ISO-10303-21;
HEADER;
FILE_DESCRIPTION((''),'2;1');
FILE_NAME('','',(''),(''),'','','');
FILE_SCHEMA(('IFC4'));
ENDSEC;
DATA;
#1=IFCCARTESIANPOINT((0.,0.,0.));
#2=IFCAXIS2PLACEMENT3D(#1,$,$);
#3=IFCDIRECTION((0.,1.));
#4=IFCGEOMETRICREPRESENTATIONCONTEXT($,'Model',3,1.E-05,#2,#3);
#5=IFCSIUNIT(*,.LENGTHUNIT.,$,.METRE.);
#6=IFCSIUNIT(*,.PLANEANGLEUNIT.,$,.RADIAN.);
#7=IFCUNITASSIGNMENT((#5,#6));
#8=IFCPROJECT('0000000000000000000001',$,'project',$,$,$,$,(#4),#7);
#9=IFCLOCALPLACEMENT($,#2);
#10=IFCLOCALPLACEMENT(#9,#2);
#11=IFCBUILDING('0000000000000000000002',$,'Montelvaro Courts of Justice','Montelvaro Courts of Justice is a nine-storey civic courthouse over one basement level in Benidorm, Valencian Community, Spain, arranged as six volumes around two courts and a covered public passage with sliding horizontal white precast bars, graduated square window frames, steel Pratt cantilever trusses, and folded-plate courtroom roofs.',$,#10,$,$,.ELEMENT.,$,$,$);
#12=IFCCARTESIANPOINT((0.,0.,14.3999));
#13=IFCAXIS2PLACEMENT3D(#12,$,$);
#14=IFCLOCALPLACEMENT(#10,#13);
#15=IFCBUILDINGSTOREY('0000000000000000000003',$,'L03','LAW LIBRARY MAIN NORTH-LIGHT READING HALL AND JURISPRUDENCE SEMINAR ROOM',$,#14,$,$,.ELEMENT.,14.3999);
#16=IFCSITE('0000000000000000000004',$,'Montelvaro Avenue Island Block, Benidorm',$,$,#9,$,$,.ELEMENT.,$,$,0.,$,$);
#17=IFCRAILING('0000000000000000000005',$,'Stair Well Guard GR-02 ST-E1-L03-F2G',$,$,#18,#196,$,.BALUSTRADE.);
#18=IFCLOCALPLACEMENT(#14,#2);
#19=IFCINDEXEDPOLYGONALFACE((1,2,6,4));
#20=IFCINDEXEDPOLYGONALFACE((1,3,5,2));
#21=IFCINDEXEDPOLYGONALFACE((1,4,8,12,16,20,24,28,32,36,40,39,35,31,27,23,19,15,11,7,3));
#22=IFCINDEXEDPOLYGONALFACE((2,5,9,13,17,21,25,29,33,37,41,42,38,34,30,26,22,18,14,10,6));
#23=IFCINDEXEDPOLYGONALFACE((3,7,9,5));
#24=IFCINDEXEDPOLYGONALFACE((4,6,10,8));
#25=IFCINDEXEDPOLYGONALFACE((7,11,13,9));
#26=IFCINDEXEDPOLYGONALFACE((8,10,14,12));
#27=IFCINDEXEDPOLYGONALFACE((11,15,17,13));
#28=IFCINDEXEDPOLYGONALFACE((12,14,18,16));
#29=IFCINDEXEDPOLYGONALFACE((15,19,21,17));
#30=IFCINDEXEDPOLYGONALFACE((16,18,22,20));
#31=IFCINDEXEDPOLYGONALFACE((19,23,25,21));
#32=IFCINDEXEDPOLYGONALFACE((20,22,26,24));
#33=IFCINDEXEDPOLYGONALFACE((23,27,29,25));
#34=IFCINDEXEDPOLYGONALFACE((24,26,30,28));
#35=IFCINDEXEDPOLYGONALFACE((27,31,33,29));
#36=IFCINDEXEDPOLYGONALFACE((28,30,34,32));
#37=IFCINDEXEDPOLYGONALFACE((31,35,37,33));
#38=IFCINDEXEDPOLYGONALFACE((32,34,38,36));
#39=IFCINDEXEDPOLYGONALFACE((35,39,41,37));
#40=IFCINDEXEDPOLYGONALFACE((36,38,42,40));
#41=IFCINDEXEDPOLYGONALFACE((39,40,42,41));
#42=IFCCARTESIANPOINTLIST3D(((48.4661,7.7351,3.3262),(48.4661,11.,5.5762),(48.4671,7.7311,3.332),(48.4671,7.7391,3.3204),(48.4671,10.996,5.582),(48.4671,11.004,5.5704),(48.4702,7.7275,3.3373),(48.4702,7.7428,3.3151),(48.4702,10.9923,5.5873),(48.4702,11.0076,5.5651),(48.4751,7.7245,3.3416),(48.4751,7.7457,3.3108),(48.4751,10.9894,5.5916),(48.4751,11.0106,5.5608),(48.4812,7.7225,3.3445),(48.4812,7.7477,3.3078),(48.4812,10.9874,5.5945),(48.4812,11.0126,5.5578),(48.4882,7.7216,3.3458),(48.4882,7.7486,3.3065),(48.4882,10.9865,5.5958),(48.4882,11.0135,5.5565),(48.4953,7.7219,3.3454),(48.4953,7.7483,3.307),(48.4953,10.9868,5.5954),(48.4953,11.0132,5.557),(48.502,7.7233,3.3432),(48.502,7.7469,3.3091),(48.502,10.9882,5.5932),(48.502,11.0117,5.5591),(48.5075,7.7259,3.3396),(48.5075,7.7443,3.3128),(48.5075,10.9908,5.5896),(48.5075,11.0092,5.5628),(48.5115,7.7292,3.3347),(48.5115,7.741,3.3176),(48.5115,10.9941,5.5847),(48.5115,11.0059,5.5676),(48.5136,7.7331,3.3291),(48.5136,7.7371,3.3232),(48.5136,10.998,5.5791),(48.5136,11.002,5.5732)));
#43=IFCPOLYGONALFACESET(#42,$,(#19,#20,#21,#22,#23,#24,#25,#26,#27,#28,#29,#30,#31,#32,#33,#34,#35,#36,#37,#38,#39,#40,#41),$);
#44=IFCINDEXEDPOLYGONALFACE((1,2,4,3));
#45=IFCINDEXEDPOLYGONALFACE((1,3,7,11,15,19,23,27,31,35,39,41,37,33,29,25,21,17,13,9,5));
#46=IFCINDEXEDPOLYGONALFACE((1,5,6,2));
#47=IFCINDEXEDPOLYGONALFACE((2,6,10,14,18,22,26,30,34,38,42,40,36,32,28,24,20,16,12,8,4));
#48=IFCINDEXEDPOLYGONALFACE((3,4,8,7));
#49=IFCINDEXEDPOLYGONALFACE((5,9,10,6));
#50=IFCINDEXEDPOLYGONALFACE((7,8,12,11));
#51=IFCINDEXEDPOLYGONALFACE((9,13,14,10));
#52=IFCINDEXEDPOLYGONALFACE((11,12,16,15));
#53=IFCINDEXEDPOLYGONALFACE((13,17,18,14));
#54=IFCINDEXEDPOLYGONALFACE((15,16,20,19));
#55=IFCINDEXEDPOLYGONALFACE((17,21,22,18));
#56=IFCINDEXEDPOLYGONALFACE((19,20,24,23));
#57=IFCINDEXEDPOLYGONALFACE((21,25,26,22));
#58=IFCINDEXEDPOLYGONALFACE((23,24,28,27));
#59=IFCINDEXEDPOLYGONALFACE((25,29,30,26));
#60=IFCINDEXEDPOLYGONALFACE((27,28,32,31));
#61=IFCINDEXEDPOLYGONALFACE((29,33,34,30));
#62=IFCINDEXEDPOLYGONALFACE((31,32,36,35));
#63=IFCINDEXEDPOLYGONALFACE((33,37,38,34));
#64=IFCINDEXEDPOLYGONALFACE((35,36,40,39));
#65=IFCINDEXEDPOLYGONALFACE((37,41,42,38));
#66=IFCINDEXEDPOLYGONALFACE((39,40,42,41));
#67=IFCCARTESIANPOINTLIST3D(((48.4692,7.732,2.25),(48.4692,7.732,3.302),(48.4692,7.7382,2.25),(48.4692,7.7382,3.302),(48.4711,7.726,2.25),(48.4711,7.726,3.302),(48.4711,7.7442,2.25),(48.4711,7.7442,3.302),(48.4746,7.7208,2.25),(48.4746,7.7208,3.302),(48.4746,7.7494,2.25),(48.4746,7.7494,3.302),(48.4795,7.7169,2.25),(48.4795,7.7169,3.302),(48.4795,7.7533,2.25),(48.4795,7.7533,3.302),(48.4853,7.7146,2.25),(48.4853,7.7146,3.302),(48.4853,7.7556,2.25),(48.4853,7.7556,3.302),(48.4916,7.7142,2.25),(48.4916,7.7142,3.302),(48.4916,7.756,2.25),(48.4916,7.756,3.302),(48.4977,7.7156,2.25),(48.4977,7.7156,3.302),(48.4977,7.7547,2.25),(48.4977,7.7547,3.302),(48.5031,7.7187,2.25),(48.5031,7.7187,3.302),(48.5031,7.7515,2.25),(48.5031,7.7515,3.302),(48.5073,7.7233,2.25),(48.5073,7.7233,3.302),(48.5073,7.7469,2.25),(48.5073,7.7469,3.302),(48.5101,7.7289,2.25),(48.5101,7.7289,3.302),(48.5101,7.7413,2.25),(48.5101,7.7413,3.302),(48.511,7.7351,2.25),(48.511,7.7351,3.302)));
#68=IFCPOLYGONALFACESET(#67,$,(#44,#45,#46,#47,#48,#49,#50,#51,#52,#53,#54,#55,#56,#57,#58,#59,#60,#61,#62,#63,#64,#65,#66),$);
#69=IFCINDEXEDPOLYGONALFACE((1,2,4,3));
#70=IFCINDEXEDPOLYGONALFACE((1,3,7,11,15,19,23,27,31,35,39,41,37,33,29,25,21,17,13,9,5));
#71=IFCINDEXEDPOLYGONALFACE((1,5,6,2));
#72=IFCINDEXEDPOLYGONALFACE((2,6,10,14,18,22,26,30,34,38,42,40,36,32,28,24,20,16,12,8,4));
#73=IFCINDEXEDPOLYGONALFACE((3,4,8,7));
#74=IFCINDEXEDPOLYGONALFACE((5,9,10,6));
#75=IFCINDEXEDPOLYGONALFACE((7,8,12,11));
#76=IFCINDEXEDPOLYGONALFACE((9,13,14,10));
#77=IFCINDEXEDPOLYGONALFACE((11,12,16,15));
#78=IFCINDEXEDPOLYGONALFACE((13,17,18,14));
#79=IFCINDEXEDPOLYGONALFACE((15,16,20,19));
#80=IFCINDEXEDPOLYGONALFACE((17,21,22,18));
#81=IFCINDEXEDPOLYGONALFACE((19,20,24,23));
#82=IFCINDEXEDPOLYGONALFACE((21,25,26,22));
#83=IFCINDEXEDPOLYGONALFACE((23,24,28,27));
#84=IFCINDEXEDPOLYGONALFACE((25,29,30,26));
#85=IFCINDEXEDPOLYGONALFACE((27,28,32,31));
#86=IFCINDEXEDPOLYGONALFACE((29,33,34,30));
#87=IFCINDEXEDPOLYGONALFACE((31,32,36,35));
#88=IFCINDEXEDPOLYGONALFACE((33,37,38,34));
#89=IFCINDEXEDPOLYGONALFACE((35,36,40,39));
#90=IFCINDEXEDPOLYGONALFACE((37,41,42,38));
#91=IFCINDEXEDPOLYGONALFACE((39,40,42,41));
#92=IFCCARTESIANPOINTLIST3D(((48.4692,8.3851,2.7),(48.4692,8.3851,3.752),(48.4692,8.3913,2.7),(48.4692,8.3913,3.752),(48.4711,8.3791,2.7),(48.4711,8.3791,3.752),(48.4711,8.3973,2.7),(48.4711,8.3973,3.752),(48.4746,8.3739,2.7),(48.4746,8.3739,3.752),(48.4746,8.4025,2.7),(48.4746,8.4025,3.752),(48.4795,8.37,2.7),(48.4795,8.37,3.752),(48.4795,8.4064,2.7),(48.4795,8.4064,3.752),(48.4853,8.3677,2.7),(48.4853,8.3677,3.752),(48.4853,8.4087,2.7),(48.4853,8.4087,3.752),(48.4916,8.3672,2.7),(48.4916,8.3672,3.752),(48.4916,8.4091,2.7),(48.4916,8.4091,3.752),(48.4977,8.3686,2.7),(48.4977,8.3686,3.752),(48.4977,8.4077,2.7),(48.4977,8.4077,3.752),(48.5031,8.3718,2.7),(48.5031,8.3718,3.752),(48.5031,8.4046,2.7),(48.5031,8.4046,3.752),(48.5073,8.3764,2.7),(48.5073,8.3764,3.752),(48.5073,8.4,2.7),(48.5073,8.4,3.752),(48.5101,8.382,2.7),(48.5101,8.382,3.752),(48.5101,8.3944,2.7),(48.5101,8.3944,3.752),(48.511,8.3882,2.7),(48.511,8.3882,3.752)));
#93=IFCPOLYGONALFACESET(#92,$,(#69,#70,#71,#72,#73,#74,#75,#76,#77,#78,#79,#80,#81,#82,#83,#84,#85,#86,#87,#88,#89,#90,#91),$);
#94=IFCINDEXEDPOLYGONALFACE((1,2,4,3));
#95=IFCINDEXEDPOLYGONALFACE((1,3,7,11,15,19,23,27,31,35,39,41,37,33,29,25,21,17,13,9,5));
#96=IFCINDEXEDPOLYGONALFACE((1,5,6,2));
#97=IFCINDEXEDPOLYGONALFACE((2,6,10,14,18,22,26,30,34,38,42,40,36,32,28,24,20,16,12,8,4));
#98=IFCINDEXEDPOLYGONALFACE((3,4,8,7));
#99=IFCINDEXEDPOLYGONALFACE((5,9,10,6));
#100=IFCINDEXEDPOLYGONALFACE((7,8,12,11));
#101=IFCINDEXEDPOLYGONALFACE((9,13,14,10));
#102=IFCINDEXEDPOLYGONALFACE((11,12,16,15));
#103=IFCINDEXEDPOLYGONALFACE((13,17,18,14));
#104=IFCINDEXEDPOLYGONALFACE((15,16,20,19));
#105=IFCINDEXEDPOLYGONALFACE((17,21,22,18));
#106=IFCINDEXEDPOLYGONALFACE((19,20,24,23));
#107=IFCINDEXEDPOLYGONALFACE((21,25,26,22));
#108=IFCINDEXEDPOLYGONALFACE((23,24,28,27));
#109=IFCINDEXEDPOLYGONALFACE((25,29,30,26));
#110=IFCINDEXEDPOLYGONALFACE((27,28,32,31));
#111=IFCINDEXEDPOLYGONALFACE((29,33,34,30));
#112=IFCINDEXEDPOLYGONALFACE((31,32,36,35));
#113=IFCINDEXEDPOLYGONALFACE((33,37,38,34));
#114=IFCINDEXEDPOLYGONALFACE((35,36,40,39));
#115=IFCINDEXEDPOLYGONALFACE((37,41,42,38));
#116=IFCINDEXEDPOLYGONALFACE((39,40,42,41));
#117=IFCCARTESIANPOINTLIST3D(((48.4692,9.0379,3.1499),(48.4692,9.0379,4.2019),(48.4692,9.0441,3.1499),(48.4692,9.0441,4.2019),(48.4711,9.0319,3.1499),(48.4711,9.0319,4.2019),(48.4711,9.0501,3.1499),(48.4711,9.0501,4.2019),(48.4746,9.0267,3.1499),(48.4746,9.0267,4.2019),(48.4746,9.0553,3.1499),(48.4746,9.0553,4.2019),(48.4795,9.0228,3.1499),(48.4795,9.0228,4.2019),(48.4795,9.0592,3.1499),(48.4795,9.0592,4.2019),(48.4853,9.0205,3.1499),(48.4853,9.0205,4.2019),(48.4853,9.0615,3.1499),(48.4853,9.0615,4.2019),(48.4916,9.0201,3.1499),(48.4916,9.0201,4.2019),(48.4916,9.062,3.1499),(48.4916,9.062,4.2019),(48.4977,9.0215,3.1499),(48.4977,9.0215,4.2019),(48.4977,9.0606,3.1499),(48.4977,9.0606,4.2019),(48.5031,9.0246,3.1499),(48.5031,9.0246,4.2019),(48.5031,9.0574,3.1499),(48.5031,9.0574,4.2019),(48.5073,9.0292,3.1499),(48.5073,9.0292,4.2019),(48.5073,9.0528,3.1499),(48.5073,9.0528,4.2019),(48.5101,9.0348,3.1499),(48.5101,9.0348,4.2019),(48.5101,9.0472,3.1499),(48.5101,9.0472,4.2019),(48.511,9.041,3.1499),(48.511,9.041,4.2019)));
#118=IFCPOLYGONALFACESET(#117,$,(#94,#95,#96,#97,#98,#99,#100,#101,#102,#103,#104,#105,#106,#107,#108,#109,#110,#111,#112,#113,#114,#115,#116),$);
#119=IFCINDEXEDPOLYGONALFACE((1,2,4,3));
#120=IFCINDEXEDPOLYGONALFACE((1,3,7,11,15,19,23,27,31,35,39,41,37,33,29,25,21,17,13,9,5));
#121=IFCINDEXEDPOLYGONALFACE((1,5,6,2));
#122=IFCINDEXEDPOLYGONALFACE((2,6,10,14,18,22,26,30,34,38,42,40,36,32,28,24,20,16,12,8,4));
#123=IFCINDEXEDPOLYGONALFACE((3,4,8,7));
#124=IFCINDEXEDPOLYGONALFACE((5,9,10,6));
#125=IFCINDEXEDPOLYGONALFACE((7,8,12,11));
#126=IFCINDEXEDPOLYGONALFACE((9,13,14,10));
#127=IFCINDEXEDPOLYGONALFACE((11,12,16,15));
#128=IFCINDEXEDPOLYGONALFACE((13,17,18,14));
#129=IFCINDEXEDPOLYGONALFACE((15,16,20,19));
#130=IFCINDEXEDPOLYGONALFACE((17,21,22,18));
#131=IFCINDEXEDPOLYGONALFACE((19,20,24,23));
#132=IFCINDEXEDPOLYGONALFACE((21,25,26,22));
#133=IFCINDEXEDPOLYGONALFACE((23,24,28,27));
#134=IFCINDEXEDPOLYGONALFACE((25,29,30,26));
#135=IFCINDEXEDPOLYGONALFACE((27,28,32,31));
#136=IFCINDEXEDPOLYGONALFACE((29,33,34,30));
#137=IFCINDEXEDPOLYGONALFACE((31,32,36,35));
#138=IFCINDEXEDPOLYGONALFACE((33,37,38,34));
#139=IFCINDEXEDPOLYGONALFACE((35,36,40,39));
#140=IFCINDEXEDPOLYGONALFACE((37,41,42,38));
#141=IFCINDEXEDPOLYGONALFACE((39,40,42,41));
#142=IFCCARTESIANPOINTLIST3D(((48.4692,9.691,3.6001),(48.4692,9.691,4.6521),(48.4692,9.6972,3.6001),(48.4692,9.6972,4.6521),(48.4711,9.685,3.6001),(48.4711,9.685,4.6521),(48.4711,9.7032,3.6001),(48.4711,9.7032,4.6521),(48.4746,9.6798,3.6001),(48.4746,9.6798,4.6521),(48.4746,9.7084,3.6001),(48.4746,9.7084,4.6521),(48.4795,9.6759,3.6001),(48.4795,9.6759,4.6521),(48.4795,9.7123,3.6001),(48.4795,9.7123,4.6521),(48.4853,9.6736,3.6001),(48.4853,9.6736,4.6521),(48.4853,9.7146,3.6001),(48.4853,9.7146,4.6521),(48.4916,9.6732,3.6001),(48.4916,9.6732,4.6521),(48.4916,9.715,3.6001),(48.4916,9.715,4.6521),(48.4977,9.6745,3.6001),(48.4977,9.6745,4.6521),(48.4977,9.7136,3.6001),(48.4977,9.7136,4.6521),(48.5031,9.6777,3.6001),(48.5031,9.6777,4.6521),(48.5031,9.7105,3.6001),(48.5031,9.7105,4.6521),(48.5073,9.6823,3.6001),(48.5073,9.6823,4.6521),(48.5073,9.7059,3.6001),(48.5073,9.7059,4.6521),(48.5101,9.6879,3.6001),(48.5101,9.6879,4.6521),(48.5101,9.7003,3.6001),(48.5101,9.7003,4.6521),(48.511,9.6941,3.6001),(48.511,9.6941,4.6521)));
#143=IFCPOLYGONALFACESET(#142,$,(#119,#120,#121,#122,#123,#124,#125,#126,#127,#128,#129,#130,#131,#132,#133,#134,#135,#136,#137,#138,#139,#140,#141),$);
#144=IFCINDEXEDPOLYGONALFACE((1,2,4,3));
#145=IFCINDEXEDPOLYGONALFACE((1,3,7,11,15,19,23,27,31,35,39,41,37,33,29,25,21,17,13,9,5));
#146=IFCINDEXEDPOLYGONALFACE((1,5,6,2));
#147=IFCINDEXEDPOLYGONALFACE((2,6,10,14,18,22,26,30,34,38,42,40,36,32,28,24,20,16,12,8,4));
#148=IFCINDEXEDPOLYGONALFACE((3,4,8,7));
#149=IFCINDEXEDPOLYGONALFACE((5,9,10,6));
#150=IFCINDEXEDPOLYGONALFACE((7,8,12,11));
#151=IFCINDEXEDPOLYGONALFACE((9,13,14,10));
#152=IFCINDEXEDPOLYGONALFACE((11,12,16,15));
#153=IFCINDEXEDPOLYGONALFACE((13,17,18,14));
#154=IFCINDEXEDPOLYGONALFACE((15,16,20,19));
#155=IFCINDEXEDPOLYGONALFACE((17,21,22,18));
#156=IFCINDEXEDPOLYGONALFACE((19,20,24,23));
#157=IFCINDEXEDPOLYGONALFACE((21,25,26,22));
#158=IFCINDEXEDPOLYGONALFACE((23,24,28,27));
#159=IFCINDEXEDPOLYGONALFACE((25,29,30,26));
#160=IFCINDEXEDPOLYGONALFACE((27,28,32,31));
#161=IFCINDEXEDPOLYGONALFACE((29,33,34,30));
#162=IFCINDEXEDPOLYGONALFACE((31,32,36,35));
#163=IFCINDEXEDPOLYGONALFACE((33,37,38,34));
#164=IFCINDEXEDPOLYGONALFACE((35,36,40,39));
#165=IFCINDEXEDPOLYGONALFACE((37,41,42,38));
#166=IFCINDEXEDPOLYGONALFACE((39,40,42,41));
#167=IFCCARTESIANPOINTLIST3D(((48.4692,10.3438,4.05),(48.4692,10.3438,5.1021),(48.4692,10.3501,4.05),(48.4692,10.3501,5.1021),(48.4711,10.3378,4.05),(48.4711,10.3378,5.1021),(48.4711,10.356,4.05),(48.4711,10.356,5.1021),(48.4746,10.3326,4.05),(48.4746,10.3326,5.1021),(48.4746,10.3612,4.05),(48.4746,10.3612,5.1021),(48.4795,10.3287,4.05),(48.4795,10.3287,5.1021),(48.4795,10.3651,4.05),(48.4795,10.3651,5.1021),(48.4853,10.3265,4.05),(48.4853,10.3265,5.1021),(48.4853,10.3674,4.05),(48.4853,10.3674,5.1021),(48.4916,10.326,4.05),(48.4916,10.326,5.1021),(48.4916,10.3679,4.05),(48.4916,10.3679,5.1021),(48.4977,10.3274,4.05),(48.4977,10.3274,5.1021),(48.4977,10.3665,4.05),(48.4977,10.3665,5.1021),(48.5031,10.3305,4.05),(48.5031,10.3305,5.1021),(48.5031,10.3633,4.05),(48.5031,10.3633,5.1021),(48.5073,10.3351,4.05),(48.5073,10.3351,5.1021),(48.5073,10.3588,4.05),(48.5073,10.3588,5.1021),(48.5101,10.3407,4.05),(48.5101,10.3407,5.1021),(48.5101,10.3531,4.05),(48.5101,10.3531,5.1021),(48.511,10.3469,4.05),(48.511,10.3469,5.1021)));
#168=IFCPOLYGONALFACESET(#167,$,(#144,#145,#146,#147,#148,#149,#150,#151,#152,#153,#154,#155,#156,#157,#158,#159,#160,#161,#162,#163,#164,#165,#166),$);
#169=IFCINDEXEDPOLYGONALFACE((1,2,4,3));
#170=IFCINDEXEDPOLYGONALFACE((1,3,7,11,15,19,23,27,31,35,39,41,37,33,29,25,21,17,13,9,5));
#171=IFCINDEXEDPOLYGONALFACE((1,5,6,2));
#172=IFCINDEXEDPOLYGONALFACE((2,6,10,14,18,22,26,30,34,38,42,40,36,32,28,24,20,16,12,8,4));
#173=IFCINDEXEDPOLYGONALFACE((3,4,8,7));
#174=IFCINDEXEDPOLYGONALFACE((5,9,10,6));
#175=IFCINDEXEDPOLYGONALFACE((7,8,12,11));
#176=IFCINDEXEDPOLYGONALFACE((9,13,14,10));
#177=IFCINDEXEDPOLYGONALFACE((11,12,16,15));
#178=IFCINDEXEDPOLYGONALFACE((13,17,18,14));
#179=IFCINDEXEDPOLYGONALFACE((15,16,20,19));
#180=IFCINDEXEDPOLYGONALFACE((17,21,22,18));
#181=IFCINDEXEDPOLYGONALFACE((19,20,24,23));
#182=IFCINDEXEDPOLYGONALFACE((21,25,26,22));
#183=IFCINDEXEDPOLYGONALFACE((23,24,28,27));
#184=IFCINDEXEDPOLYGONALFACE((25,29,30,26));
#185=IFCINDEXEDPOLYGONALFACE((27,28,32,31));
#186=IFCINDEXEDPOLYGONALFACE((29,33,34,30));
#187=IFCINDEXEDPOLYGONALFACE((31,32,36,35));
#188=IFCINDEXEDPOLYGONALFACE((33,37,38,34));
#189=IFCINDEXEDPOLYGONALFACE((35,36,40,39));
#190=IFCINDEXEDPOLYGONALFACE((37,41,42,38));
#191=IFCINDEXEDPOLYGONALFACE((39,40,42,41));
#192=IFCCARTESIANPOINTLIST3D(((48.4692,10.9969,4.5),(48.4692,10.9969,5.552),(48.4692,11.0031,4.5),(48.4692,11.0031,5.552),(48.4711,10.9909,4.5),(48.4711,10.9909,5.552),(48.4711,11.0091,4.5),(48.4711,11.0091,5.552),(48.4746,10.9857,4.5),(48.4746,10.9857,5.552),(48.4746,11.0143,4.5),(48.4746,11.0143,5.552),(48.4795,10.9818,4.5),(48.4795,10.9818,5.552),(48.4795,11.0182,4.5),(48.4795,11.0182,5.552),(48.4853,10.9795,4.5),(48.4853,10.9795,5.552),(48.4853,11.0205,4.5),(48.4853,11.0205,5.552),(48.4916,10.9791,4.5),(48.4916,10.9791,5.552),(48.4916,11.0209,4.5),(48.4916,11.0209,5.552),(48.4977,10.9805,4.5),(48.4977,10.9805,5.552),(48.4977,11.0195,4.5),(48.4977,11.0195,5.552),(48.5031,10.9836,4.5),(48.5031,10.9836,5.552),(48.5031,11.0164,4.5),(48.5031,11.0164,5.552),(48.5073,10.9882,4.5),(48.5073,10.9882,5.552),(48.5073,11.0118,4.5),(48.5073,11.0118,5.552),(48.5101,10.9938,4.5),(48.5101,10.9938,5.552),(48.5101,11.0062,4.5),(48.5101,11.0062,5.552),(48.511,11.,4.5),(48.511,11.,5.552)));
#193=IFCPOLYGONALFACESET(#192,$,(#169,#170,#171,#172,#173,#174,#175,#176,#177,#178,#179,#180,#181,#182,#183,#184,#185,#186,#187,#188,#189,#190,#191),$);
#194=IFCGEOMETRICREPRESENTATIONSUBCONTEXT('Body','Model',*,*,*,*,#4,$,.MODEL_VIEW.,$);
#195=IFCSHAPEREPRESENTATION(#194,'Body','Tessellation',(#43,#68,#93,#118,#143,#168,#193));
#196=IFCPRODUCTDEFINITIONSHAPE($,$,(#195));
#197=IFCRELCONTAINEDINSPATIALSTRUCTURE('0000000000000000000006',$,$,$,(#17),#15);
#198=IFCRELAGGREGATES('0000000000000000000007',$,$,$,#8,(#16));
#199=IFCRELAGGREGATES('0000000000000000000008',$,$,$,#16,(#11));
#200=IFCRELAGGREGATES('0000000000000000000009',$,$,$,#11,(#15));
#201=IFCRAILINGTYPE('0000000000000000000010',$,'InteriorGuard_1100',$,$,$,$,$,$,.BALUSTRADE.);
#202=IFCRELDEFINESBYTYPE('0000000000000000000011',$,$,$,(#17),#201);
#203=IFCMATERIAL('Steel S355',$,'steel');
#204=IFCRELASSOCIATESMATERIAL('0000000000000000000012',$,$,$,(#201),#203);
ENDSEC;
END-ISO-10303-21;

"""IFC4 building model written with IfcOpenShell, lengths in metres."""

from ifc_helpers import new_model, si_unit, direction, frame, origin, origin_2d, place, context, subcontext, project, spatial, circle, extrude, material, type_object, element, save


model = new_model("IFC4")

# Units and contexts
model_context = context("Model", 3, precision=1e-05, world=origin(), true_north=direction((0.0, 1.0)))
body_context = subcontext(model_context, "Body", "Model", "MODEL_VIEW")
ifc_project = project(units=[si_unit("LENGTHUNIT", "METRE"), si_unit("PLANEANGLEUNIT", "RADIAN")], contexts=[model_context])

# Site, building, storey
site_placement = place(None, origin())
site = spatial("IfcSite", under=ifc_project, at=site_placement, Name="Montelvaro Avenue Island Block, Benidorm", CompositionType="ELEMENT", RefElevation=0.0)
building_placement = place(site_placement, origin())
building = spatial("IfcBuilding", under=site, at=building_placement, Name="Montelvaro Courts of Justice", Description="Montelvaro Courts of Justice is a nine-storey civic courthouse over one basement level in Benidorm, Valencian Community, Spain, arranged as six volumes around two courts and a covered public passage with sliding horizontal white precast bars, graduated square window frames, steel Pratt cantilever trusses, and folded-plate courtroom roofs.", CompositionType="ELEMENT")
storey_placement = place(building_placement, frame((0.0, 0.0, 14.3999)))
storey = spatial("IfcBuildingStorey", under=building, at=storey_placement, Name="L03", Description="LAW LIBRARY MAIN NORTH-LIGHT READING HALL AND JURISPRUDENCE SEMINAR ROOM", CompositionType="ELEMENT", Elevation=14.3999)

# Shared definitions
ifc_material_1 = material(Name="Steel S355", Category="steel")

# Railing
railing_type_1 = type_object("IfcRailingType", Name="InteriorGuard_1100", PredefinedType="BALUSTRADE", material=ifc_material_1)
railing_1_placement = place(storey_placement, frame((48.49, 7.7351, 2.25)))
element("IfcRailing", 1, at=railing_1_placement, inside=storey, type_object=railing_type_1, Name="Stair Well Guard GR-02 ST-E1-L03-F2G", PredefinedType="BALUSTRADE", context=body_context, shape_type="SweptSolid", body=[
    extrude(circle(Radius=0.0239, at=origin_2d()), frame((0.0, 0.0, 1.0762), z_axis=(0.0, 0.823407, 0.567451), x_axis=(-1.0, 0.0, 0.0)), (0.0, 0.0, 1.0), 3.9651),
    extrude(circle(Radius=0.021, at=origin_2d()), origin(), (0.0, 0.0, 1.0), 1.052),
    extrude(circle(Radius=0.021, at=origin_2d()), frame((0.0, 0.6531, 0.45)), (0.0, 0.0, 1.0), 1.052),
    extrude(circle(Radius=0.021, at=origin_2d()), frame((0.0, 1.3059, 0.8999)), (0.0, 0.0, 1.0), 1.052),
    extrude(circle(Radius=0.021, at=origin_2d()), frame((0.0, 1.959, 1.3501)), (0.0, 0.0, 1.0), 1.052),
    extrude(circle(Radius=0.021, at=origin_2d()), frame((0.0, 2.6118, 1.8)), (0.0, 0.0, 1.0), 1.052),
    extrude(circle(Radius=0.021, at=origin_2d()), frame((0.0, 3.2649, 2.25)), (0.0, 0.0, 1.0), 1.052),
])

save(model, "model.ifc")
